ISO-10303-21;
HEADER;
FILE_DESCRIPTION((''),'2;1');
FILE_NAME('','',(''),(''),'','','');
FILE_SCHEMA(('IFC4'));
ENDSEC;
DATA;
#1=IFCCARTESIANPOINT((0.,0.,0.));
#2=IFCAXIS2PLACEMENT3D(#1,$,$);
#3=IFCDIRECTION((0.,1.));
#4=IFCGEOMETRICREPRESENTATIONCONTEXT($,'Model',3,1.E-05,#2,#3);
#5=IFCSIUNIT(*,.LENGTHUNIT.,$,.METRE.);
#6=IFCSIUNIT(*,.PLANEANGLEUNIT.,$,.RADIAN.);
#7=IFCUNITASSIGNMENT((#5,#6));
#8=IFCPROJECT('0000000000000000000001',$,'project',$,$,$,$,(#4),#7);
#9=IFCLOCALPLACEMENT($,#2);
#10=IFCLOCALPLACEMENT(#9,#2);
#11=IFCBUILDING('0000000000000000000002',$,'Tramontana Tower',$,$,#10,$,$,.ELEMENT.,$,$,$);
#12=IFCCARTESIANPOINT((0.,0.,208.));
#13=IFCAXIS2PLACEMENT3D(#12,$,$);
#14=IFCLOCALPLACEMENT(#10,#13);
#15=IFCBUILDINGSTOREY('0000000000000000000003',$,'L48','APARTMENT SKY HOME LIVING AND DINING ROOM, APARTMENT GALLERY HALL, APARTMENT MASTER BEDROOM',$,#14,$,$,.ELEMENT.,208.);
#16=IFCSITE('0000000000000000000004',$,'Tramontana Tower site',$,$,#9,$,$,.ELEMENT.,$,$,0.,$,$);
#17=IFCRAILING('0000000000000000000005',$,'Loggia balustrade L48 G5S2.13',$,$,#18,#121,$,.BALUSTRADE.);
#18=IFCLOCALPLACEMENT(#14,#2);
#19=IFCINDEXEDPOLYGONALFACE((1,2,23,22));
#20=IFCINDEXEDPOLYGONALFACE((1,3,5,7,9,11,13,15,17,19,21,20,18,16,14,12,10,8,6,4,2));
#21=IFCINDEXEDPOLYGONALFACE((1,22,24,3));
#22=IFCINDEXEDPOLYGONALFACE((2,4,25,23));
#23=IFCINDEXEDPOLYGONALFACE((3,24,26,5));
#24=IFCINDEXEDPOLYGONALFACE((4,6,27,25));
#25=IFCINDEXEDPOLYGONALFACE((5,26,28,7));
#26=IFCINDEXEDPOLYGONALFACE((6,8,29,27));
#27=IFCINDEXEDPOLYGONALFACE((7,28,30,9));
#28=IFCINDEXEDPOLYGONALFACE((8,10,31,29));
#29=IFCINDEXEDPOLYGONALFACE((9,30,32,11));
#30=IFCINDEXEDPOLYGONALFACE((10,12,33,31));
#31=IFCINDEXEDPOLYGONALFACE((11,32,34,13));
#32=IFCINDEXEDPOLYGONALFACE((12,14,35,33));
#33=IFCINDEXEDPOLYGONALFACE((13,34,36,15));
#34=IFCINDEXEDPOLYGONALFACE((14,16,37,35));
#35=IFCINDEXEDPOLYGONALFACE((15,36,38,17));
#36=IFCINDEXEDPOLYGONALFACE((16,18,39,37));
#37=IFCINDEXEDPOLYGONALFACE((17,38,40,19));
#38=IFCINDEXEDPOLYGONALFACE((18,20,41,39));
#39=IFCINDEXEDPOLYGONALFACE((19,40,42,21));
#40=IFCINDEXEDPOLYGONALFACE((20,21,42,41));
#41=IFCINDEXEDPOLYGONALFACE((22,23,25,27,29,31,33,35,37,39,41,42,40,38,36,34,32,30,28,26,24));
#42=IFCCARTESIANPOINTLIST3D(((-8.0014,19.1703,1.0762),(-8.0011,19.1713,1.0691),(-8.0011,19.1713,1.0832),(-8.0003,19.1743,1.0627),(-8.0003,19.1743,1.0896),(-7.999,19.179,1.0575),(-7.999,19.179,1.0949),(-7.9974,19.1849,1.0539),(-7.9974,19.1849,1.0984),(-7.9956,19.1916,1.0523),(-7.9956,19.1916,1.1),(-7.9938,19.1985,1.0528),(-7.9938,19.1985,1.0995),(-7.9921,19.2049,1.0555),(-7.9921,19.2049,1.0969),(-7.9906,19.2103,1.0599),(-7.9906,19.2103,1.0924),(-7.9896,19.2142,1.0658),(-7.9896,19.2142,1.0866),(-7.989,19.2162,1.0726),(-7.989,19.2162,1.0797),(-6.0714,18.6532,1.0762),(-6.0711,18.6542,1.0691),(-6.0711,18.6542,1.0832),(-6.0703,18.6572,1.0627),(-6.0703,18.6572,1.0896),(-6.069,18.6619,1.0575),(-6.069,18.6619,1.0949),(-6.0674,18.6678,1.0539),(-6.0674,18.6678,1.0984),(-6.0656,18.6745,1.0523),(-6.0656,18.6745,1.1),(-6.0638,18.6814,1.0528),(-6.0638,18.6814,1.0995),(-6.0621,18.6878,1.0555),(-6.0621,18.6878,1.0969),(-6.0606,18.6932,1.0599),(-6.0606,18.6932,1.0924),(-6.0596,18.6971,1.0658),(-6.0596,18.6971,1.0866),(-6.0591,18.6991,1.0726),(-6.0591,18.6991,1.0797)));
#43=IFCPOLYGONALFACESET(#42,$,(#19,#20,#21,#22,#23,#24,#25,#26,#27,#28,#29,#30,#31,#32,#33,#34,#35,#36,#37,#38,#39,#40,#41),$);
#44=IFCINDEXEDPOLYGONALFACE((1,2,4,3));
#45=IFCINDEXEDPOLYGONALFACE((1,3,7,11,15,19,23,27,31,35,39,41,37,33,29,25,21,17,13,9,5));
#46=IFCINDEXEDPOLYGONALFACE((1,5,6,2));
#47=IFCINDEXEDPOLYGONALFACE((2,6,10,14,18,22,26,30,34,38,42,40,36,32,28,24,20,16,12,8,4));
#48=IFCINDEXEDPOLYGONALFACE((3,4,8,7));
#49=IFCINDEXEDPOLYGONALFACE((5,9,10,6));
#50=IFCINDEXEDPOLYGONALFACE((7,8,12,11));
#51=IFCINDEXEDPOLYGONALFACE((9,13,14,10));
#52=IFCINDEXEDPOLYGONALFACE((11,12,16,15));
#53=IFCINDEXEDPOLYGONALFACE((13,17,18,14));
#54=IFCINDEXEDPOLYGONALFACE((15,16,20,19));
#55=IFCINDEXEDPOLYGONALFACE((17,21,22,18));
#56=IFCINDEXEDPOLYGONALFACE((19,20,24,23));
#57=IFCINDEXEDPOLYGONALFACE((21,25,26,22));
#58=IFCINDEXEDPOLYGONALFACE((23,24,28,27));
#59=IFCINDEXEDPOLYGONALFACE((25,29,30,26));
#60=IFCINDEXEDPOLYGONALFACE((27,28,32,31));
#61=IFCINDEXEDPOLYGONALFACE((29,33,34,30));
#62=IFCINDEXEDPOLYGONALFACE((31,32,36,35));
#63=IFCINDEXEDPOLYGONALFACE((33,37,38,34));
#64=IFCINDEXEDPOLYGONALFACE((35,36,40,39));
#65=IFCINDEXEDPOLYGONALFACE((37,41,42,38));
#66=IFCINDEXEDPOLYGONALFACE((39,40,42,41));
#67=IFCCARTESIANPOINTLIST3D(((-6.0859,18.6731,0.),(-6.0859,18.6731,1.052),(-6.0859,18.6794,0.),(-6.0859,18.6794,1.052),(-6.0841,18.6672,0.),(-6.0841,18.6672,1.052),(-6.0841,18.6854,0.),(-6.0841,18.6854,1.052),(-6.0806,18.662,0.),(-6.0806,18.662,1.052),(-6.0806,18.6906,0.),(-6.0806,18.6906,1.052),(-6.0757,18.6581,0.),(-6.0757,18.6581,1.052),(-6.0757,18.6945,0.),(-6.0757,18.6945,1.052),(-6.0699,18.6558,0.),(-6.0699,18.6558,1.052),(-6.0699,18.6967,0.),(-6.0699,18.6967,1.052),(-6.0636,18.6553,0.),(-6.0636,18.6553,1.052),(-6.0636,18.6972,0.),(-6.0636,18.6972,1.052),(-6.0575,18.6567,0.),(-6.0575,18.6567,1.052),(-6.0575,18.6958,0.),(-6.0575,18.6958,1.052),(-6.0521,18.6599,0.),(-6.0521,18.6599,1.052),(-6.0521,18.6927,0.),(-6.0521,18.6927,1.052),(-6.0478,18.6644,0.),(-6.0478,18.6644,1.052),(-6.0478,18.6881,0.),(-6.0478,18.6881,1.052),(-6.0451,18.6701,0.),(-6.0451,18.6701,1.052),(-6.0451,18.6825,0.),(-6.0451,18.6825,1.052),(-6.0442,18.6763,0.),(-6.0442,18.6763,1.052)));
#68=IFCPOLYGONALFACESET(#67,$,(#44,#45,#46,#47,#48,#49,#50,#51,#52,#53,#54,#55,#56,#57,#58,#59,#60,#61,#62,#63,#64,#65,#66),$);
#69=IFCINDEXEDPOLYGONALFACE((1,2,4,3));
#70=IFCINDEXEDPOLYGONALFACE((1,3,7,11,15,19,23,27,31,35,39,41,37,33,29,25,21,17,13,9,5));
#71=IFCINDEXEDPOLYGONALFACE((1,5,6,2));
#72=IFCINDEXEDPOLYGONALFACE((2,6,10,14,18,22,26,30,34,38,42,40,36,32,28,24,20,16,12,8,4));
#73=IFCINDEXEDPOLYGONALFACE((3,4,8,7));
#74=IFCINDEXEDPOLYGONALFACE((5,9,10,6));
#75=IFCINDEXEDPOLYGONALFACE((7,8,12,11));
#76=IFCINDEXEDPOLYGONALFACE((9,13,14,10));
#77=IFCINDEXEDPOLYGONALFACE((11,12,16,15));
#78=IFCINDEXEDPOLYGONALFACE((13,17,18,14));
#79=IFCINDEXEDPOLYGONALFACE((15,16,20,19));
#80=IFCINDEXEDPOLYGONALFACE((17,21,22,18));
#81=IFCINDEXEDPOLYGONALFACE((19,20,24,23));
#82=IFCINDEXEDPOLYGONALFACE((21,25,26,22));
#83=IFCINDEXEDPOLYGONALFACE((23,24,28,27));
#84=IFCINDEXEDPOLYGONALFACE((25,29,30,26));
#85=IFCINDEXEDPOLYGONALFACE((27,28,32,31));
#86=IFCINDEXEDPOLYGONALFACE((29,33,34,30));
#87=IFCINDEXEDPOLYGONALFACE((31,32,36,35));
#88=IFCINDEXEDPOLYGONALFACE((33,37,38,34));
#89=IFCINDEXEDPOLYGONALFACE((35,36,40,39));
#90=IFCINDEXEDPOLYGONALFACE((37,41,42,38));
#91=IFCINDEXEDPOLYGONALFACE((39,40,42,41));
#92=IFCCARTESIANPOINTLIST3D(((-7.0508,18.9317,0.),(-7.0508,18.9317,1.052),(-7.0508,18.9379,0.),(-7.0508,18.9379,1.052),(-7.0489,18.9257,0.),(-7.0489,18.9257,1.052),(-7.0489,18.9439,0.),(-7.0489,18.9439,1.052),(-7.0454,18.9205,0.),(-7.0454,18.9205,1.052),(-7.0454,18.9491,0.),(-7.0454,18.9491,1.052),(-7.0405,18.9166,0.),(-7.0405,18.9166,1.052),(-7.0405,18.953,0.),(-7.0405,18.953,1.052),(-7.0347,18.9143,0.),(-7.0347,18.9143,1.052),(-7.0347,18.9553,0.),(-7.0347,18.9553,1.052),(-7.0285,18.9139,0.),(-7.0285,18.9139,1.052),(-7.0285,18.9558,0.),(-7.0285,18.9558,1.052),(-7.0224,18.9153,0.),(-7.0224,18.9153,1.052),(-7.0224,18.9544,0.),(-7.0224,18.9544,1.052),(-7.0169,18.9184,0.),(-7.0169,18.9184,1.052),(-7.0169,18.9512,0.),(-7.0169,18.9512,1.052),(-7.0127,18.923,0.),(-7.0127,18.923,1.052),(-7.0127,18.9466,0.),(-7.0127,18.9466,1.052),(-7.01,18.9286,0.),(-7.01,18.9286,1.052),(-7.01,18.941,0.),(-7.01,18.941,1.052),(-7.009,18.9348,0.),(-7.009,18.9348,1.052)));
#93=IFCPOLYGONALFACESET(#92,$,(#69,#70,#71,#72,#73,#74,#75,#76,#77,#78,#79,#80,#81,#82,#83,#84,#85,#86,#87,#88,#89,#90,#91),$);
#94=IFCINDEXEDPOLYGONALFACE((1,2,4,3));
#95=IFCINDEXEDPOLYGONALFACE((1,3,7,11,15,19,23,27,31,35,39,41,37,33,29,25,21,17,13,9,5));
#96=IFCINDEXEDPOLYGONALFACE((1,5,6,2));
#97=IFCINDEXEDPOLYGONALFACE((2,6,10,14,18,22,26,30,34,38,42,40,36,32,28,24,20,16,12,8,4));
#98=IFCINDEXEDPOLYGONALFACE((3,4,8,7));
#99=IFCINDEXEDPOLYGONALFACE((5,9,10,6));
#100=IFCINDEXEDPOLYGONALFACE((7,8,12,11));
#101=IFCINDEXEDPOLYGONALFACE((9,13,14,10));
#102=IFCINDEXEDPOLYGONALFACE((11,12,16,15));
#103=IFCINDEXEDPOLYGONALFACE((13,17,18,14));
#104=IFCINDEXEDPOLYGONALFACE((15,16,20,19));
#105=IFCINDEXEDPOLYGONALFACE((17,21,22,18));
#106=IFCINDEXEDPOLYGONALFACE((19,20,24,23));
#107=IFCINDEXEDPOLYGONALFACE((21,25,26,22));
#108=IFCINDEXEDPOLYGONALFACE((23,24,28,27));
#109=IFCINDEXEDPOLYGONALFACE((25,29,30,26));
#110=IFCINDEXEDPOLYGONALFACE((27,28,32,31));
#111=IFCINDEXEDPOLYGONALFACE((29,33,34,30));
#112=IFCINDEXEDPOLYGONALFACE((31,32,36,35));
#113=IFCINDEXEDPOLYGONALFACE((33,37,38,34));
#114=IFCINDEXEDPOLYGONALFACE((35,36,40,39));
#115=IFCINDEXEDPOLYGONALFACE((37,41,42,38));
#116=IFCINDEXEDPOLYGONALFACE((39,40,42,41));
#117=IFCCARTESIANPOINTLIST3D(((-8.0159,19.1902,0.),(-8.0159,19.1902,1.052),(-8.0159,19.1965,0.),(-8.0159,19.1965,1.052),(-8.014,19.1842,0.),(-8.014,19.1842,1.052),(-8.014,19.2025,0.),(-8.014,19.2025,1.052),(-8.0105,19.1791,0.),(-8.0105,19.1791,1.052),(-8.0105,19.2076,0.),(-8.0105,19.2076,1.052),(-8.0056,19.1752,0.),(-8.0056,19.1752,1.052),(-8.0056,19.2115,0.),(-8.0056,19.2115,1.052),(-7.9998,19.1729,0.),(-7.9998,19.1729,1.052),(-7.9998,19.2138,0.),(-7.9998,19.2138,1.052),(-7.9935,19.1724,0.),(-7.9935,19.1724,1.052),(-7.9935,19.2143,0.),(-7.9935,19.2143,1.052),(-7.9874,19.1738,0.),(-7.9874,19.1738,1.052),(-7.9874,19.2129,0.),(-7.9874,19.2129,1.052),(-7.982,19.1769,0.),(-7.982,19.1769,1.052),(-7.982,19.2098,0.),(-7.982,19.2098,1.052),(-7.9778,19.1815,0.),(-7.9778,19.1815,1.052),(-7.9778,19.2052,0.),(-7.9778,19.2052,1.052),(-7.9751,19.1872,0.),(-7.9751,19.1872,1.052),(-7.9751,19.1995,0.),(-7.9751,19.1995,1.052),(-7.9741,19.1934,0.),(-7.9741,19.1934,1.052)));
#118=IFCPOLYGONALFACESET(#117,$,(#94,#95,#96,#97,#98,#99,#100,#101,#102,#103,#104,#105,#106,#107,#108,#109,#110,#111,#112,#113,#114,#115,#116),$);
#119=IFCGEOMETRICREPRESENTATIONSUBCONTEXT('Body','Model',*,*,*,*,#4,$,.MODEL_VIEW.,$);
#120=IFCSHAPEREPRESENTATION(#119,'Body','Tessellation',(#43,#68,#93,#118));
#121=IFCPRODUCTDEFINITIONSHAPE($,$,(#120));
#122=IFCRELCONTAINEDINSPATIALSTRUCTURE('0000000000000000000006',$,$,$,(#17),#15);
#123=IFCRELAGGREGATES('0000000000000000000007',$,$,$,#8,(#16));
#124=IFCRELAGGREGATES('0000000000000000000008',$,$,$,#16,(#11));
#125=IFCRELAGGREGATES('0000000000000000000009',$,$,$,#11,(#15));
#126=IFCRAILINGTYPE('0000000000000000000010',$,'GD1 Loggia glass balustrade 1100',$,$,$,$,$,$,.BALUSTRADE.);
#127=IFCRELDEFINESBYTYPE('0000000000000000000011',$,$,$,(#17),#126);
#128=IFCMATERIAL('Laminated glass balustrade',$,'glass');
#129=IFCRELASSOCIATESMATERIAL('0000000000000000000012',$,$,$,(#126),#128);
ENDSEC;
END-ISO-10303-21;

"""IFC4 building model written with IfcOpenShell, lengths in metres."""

from ifc_helpers import new_model, si_unit, direction, frame, origin, origin_2d, place, context, subcontext, project, spatial, circle, extrude, material, type_object, element, save


model = new_model("IFC4")

# Units and contexts
model_context = context("Model", 3, precision=1e-05, world=origin(), true_north=direction((0.0, 1.0)))
body_context = subcontext(model_context, "Body", "Model", "MODEL_VIEW")
ifc_project = project(units=[si_unit("LENGTHUNIT", "METRE"), si_unit("PLANEANGLEUNIT", "RADIAN")], contexts=[model_context])

# Site, building, storey
site_placement = place(None, origin())
site = spatial("IfcSite", under=ifc_project, at=site_placement, Name="Tramontana Tower site", CompositionType="ELEMENT", RefElevation=0.0)
building_placement = place(site_placement, origin())
building = spatial("IfcBuilding", under=site, at=building_placement, Name="Tramontana Tower", CompositionType="ELEMENT")
storey_placement = place(building_placement, frame((0.0, 0.0, 208.0)))
storey = spatial("IfcBuildingStorey", under=building, at=storey_placement, Name="L48", Description="APARTMENT SKY HOME LIVING AND DINING ROOM, APARTMENT GALLERY HALL, APARTMENT MASTER BEDROOM", CompositionType="ELEMENT", Elevation=208.0)

# Railing
ifc_material_1 = material(Name="Laminated glass balustrade", Category="glass")
railing_type = type_object("IfcRailingType", Name="GD1 Loggia glass balustrade 1100", PredefinedType="BALUSTRADE", material=ifc_material_1)
railing_placement = place(storey_placement, frame((-6.0652, 18.6763, 0.0)))
element("IfcRailing", 1, at=railing_placement, inside=storey, type_object=railing_type, Name="Loggia balustrade L48 G5S2.13", PredefinedType="BALUSTRADE", context=body_context, shape_type="SweptSolid", body=[
    extrude(circle(Radius=0.0239, at=origin_2d()), frame((0.0, 0.0, 1.0762), z_axis=(-0.96593, 0.258803, 0.0), x_axis=(-0.258803, -0.96593, 0.0)), (0.0, 0.0, 1.0), 1.998),
    extrude(circle(Radius=0.021, at=origin_2d()), origin(), (0.0, 0.0, 1.0), 1.052),
    extrude(circle(Radius=0.021, at=origin_2d()), frame((-0.9648, 0.2585, 0.0)), (0.0, 0.0, 1.0), 1.052),
    extrude(circle(Radius=0.021, at=origin_2d()), frame((-1.9299, 0.5171, 0.0)), (0.0, 0.0, 1.0), 1.052),
])

save(model, "model.ifc")
